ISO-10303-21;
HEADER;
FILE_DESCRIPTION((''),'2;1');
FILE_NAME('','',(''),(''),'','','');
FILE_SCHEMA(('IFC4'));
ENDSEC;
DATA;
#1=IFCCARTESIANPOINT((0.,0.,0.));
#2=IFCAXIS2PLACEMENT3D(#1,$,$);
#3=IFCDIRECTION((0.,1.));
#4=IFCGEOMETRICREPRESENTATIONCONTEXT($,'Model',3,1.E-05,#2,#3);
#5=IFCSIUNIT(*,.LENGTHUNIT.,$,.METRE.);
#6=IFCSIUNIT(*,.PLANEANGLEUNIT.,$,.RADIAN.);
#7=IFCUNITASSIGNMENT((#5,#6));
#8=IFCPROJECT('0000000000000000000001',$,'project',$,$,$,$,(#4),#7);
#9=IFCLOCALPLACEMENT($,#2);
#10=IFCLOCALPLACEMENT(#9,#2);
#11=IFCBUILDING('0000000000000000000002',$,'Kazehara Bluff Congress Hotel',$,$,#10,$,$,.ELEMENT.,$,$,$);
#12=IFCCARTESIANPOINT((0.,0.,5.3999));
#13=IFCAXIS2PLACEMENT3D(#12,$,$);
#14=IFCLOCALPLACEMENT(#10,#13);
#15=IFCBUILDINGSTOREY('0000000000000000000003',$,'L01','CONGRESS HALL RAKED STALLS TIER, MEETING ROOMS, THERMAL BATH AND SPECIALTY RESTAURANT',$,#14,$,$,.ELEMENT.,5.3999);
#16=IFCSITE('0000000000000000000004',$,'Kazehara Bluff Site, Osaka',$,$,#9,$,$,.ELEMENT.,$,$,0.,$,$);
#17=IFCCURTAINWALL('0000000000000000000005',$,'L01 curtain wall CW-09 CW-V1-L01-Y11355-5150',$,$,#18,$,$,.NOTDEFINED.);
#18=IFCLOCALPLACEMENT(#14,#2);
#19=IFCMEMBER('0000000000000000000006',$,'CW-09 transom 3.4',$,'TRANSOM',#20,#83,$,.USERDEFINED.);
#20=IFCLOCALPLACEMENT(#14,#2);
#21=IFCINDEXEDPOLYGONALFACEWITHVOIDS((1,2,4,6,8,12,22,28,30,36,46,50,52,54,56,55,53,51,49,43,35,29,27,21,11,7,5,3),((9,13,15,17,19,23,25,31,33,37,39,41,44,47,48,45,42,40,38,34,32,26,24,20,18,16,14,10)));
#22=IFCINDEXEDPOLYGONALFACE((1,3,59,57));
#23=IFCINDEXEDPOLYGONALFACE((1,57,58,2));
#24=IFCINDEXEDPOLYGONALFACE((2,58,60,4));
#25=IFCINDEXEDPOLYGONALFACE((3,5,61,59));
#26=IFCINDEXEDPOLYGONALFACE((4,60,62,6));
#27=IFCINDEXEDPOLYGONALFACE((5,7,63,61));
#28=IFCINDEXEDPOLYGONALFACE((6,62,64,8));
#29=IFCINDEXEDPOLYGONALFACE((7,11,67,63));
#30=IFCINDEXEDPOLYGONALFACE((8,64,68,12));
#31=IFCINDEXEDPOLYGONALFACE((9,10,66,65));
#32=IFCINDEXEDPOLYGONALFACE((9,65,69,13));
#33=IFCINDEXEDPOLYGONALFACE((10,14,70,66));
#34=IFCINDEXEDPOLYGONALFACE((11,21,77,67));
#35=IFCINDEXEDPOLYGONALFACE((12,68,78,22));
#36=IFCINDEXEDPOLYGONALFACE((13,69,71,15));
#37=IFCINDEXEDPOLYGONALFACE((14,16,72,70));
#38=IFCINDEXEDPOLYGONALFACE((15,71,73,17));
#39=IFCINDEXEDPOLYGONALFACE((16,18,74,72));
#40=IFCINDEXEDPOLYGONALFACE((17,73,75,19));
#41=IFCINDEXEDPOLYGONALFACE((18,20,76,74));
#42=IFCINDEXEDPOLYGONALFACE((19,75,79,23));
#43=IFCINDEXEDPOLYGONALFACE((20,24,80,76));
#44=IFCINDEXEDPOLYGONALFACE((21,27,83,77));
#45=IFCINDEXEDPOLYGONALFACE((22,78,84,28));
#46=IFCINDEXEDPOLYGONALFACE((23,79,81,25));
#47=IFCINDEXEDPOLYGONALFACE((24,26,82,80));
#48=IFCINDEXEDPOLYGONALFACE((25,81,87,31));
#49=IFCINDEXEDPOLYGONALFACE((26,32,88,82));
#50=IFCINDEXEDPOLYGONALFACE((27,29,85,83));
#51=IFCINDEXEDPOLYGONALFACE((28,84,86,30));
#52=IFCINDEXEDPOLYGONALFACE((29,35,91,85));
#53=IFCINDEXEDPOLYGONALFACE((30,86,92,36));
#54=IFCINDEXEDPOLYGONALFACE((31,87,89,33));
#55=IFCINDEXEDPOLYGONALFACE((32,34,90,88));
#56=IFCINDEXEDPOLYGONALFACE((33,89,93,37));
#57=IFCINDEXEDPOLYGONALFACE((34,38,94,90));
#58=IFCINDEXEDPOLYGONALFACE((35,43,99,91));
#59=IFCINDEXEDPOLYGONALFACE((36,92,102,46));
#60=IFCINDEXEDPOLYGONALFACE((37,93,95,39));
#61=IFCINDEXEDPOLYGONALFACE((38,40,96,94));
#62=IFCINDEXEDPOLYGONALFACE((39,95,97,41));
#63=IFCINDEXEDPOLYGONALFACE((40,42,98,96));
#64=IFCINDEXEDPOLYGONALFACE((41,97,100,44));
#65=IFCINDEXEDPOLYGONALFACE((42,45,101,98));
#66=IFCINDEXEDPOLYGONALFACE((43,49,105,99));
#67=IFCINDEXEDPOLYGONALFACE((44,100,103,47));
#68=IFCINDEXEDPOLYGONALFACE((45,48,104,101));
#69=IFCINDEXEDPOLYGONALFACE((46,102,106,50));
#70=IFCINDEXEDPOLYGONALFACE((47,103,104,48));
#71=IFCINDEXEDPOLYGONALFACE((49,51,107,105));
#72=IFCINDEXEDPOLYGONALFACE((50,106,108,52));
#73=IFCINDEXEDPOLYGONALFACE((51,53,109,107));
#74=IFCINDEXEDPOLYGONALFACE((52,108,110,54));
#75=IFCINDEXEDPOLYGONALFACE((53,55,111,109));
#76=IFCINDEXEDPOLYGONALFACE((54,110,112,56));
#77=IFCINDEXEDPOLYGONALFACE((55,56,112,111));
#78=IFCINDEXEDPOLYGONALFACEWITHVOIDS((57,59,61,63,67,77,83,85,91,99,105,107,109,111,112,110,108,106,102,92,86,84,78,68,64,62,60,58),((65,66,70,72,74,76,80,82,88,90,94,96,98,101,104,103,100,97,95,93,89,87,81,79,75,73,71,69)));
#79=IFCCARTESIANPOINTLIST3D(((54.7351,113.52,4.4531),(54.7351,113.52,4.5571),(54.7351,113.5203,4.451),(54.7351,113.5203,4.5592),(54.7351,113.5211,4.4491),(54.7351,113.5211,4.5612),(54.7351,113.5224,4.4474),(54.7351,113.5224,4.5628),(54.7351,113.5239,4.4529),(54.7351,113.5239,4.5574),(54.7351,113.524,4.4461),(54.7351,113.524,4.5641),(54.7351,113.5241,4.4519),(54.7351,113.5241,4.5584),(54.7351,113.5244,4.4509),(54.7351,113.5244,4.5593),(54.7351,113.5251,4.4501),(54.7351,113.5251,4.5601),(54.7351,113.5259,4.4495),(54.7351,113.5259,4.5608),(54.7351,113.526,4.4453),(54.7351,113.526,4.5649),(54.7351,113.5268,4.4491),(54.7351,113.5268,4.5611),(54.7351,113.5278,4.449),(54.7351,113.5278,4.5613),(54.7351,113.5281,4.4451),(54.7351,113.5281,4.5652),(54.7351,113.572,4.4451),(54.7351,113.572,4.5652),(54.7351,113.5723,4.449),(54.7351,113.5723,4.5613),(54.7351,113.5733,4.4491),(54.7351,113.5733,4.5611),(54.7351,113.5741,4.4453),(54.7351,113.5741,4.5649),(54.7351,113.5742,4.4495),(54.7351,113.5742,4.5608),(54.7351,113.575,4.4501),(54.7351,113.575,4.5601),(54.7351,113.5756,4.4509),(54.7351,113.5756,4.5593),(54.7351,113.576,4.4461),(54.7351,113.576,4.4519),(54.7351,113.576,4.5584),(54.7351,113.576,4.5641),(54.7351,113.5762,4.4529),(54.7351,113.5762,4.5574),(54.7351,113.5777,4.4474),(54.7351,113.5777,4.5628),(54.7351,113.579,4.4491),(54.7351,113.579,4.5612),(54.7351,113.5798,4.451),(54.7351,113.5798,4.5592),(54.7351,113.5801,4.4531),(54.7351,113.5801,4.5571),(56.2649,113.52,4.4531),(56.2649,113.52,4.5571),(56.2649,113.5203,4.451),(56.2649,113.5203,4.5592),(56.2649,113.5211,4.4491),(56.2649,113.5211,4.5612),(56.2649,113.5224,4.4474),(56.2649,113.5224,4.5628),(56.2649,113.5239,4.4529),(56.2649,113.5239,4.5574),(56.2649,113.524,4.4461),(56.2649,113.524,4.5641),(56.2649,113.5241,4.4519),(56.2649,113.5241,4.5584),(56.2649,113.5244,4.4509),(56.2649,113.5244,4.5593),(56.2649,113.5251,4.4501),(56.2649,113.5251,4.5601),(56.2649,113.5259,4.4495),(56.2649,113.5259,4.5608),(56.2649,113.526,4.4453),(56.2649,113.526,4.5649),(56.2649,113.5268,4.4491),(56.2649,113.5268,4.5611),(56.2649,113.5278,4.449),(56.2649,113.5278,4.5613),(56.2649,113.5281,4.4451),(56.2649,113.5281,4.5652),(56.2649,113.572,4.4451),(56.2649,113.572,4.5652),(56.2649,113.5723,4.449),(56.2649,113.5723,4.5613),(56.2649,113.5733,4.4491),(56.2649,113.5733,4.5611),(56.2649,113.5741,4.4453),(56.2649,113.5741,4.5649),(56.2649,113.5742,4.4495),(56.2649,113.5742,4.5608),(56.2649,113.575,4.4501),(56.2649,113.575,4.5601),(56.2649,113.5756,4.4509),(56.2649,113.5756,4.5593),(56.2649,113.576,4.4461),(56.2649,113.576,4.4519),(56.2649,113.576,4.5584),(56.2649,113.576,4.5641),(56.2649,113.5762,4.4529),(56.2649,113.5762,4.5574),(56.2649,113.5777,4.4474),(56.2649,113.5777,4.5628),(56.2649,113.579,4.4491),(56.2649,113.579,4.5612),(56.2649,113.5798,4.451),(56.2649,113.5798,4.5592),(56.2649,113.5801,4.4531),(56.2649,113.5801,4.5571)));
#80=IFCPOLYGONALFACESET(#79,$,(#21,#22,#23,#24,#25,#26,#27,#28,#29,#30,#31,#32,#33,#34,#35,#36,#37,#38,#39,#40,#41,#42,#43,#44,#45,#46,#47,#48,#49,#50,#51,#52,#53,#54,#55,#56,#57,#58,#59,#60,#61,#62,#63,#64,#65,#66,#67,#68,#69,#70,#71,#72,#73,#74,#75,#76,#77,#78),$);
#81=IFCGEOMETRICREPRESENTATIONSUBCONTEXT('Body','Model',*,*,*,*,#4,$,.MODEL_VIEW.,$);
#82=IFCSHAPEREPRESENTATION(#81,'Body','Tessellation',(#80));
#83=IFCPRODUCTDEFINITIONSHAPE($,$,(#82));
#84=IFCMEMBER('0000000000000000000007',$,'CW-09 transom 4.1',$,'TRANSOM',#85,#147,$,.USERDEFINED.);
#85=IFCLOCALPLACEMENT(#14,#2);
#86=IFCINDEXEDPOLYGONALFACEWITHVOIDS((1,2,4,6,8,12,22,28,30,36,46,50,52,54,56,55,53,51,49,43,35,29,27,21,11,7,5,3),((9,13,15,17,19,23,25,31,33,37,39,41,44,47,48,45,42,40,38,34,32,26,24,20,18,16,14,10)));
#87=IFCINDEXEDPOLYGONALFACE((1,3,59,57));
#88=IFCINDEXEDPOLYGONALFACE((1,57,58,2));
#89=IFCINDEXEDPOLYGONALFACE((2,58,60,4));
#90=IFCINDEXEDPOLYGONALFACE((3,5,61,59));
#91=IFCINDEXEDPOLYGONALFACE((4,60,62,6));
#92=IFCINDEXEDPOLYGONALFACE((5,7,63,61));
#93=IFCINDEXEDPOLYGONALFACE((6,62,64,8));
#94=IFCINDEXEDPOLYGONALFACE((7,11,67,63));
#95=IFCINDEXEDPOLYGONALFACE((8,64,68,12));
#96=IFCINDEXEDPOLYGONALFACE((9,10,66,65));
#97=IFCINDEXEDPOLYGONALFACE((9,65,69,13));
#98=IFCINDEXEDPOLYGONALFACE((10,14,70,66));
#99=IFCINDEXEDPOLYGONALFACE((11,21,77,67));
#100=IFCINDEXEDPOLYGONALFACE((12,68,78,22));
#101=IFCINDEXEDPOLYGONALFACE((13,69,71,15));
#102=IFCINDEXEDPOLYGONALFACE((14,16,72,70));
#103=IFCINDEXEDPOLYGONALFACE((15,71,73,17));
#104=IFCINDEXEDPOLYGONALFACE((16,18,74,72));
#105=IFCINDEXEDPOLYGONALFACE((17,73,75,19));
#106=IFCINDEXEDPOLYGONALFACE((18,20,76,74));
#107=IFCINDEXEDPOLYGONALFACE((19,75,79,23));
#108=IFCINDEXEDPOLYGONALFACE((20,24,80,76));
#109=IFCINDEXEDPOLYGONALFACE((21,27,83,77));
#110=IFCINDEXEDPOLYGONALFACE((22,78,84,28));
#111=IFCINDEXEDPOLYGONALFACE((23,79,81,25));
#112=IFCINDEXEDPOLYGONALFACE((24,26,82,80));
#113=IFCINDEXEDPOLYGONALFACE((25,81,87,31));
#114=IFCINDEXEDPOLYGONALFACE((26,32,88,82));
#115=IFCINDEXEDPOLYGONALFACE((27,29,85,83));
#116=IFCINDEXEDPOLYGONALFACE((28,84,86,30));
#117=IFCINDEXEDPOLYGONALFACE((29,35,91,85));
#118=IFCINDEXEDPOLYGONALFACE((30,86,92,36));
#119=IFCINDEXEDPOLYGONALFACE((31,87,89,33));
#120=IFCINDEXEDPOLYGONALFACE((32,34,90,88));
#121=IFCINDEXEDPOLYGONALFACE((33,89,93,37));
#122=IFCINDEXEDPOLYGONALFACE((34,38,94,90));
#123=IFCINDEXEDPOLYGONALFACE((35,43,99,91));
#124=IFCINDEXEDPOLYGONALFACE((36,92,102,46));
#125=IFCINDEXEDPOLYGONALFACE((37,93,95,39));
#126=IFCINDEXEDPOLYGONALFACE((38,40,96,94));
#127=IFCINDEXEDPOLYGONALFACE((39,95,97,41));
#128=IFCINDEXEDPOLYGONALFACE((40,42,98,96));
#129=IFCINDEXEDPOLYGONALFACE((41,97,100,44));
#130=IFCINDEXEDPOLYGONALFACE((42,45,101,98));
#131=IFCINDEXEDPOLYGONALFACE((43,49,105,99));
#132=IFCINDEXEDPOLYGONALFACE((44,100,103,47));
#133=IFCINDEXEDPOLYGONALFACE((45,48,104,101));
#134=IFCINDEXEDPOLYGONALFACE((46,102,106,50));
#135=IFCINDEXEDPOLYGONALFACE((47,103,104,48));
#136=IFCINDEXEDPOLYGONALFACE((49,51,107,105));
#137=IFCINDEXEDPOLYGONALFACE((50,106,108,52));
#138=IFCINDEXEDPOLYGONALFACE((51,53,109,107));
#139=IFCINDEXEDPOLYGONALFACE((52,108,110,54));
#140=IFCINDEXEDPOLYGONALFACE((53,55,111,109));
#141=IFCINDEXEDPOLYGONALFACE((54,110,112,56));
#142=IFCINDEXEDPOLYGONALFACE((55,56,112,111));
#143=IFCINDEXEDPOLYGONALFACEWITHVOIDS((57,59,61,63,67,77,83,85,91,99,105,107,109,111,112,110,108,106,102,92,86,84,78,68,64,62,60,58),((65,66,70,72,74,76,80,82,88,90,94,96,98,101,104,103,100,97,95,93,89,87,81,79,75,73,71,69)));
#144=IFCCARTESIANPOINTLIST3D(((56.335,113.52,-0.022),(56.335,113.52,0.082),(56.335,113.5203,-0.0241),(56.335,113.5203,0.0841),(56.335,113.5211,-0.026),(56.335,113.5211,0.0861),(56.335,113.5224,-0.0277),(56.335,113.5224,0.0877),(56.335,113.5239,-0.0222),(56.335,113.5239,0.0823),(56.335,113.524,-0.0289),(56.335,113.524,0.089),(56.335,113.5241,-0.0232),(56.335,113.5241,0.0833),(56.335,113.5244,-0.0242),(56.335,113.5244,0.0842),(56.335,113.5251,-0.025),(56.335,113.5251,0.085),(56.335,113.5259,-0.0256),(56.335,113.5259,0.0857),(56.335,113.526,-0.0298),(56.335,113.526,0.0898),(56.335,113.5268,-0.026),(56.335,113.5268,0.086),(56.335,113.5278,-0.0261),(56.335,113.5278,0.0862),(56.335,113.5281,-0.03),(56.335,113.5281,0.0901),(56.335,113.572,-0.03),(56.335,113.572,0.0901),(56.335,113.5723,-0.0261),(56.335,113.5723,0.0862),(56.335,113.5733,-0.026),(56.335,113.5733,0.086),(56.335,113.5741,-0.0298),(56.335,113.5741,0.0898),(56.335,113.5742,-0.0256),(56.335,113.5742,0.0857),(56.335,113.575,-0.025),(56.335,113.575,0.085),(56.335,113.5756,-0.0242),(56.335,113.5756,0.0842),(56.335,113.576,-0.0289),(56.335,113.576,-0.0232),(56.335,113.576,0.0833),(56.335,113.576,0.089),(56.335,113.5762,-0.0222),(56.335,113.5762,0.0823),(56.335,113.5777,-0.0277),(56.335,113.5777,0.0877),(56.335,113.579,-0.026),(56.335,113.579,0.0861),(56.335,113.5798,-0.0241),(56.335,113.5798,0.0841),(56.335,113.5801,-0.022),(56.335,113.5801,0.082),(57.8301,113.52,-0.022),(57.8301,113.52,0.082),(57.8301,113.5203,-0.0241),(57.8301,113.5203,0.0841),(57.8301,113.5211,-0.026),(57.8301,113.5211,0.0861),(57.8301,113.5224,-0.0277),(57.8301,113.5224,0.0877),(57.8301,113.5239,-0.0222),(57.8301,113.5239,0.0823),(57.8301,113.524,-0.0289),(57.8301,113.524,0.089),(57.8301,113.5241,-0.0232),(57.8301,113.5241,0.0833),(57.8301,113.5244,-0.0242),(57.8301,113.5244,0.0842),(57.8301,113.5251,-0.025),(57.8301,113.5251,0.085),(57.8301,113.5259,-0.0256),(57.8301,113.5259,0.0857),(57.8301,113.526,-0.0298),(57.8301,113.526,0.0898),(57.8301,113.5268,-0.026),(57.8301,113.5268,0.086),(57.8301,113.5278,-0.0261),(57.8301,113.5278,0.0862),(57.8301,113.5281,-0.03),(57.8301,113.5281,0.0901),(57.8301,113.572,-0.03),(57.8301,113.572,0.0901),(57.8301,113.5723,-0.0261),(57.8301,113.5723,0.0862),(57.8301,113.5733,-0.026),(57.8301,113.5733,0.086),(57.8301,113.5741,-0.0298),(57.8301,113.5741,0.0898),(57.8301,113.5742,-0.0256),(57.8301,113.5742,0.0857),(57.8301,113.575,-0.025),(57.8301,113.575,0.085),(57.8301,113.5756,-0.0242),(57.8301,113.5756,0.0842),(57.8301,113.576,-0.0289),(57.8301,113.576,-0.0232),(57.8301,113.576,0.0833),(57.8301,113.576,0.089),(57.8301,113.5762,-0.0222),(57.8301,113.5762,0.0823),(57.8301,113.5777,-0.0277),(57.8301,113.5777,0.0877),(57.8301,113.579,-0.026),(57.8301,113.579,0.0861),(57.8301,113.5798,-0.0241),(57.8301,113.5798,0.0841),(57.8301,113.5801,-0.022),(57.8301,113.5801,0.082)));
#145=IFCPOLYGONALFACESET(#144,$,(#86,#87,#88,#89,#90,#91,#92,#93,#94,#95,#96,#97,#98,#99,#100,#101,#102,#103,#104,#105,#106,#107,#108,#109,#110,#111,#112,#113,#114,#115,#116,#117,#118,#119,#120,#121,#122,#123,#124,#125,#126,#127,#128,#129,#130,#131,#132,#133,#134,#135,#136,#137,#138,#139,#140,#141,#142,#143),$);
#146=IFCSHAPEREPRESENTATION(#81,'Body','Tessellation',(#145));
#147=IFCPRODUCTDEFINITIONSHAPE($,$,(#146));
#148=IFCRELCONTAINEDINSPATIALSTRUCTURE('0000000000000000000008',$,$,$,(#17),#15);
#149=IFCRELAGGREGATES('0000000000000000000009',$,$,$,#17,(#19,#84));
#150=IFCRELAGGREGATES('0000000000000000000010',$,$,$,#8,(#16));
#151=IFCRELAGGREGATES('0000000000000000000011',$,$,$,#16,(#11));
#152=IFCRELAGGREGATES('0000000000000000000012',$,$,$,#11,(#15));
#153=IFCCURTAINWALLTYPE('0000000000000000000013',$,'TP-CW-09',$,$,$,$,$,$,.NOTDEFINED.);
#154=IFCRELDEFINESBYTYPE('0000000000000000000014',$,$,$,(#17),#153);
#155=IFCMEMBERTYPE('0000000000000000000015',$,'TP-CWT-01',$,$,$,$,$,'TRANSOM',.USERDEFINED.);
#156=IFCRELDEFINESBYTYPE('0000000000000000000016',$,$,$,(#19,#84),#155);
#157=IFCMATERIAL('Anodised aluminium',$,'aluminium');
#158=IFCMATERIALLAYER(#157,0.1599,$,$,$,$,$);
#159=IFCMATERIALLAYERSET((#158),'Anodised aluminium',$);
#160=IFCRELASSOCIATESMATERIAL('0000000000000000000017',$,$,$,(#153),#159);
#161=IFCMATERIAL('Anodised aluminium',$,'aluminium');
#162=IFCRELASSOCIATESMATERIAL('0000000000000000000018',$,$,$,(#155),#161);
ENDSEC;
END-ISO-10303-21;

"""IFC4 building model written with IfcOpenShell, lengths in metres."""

from ifc_helpers import new_model, si_unit, direction, frame, origin, origin_2d, place, context, subcontext, project, spatial, hollow_rectangle, extrude, material, layer, layer_set, material_profile, profile_set, type_object, element, aggregate, save


model = new_model("IFC4")

# Units and contexts
model_context = context("Model", 3, precision=1e-05, world=origin(), true_north=direction((0.0, 1.0)))
body_context = subcontext(model_context, "Body", "Model", "MODEL_VIEW")
ifc_project = project(units=[si_unit("LENGTHUNIT", "METRE"), si_unit("PLANEANGLEUNIT", "RADIAN")], contexts=[model_context])

# Site, building, storey
site_placement = place(None, origin())
site = spatial("IfcSite", under=ifc_project, at=site_placement, Name="Kazehara Bluff Site, Osaka", CompositionType="ELEMENT", RefElevation=0.0)
building_placement = place(site_placement, origin())
building = spatial("IfcBuilding", under=site, at=building_placement, Name="Kazehara Bluff Congress Hotel", CompositionType="ELEMENT")
storey_placement = place(building_placement, frame((0.0, 0.0, 5.3999)))
storey = spatial("IfcBuildingStorey", under=building, at=storey_placement, Name="L01", Description="CONGRESS HALL RAKED STALLS TIER, MEETING ROOMS, THERMAL BATH AND SPECIALTY RESTAURANT", CompositionType="ELEMENT", Elevation=5.3999)

# Curtain wall, members
ifc_material_1 = material(Name="Anodised aluminium", Category="aluminium")
ifc_layer_1 = layer(ifc_material_1, 0.1599)
ifc_layer_set_1 = layer_set([ifc_layer_1], Name="Anodised aluminium")
curtain_wall_type = type_object("IfcCurtainWallType", Name="TP-CW-09", PredefinedType="NOTDEFINED", material=ifc_layer_set_1)
curtain_wall_placement = place(storey_placement, origin())
curtain_wall = element("IfcCurtainWall", 1, at=curtain_wall_placement, inside=storey, type_object=curtain_wall_type, Name="L01 curtain wall CW-09 CW-V1-L01-Y11355-5150", PredefinedType="NOTDEFINED")
ifc_material_2 = material(Name="Anodised aluminium", Category="aluminium")
ifc_material_profile_1 = material_profile(ifc_material_2, hollow_rectangle(XDim=0.0601, YDim=0.1201, WallThickness=0.0039, InnerFilletRadius=0.0039, OuterFilletRadius=0.0081, at=origin_2d()))
ifc_profile_set_1 = profile_set([ifc_material_profile_1], Name="Anodised aluminium")
member_type_1 = type_object("IfcMemberType", Name="TP-CWT-01", ElementType="TRANSOM", PredefinedType="USERDEFINED", material=ifc_profile_set_1)
member_1_placement = place(storey_placement, frame((54.7351, 113.55, 4.5051), z_axis=(1.0, 0.0, 0.0), x_axis=(0.0, 1.0, 0.0)))
member_1 = element("IfcMember", 2, at=member_1_placement, type_object=member_type_1, Name="CW-09 transom 3.4", ObjectType="TRANSOM", PredefinedType="USERDEFINED", context=body_context, shape_type="SweptSolid", body=[
    extrude(hollow_rectangle(XDim=0.0601, YDim=0.1201, WallThickness=0.0039, InnerFilletRadius=0.0039, OuterFilletRadius=0.0081, at=origin_2d()), origin(), (0.0, 0.0, 1.0), 1.5298),
])
member_2_placement = place(storey_placement, frame((56.335, 113.55, 0.03), z_axis=(1.0, 0.0, 0.0), x_axis=(0.0, 1.0, 0.0)))
member_2 = element("IfcMember", 3, at=member_2_placement, type_object=member_type_1, Name="CW-09 transom 4.1", ObjectType="TRANSOM", PredefinedType="USERDEFINED", context=body_context, shape_type="SweptSolid", body=[
    extrude(hollow_rectangle(XDim=0.0601, YDim=0.1201, WallThickness=0.0039, InnerFilletRadius=0.0039, OuterFilletRadius=0.0081, at=origin_2d()), origin(), (0.0, 0.0, 1.0), 1.4951),
])
aggregate(curtain_wall, [member_1, member_2])

save(model, "model.ifc")
